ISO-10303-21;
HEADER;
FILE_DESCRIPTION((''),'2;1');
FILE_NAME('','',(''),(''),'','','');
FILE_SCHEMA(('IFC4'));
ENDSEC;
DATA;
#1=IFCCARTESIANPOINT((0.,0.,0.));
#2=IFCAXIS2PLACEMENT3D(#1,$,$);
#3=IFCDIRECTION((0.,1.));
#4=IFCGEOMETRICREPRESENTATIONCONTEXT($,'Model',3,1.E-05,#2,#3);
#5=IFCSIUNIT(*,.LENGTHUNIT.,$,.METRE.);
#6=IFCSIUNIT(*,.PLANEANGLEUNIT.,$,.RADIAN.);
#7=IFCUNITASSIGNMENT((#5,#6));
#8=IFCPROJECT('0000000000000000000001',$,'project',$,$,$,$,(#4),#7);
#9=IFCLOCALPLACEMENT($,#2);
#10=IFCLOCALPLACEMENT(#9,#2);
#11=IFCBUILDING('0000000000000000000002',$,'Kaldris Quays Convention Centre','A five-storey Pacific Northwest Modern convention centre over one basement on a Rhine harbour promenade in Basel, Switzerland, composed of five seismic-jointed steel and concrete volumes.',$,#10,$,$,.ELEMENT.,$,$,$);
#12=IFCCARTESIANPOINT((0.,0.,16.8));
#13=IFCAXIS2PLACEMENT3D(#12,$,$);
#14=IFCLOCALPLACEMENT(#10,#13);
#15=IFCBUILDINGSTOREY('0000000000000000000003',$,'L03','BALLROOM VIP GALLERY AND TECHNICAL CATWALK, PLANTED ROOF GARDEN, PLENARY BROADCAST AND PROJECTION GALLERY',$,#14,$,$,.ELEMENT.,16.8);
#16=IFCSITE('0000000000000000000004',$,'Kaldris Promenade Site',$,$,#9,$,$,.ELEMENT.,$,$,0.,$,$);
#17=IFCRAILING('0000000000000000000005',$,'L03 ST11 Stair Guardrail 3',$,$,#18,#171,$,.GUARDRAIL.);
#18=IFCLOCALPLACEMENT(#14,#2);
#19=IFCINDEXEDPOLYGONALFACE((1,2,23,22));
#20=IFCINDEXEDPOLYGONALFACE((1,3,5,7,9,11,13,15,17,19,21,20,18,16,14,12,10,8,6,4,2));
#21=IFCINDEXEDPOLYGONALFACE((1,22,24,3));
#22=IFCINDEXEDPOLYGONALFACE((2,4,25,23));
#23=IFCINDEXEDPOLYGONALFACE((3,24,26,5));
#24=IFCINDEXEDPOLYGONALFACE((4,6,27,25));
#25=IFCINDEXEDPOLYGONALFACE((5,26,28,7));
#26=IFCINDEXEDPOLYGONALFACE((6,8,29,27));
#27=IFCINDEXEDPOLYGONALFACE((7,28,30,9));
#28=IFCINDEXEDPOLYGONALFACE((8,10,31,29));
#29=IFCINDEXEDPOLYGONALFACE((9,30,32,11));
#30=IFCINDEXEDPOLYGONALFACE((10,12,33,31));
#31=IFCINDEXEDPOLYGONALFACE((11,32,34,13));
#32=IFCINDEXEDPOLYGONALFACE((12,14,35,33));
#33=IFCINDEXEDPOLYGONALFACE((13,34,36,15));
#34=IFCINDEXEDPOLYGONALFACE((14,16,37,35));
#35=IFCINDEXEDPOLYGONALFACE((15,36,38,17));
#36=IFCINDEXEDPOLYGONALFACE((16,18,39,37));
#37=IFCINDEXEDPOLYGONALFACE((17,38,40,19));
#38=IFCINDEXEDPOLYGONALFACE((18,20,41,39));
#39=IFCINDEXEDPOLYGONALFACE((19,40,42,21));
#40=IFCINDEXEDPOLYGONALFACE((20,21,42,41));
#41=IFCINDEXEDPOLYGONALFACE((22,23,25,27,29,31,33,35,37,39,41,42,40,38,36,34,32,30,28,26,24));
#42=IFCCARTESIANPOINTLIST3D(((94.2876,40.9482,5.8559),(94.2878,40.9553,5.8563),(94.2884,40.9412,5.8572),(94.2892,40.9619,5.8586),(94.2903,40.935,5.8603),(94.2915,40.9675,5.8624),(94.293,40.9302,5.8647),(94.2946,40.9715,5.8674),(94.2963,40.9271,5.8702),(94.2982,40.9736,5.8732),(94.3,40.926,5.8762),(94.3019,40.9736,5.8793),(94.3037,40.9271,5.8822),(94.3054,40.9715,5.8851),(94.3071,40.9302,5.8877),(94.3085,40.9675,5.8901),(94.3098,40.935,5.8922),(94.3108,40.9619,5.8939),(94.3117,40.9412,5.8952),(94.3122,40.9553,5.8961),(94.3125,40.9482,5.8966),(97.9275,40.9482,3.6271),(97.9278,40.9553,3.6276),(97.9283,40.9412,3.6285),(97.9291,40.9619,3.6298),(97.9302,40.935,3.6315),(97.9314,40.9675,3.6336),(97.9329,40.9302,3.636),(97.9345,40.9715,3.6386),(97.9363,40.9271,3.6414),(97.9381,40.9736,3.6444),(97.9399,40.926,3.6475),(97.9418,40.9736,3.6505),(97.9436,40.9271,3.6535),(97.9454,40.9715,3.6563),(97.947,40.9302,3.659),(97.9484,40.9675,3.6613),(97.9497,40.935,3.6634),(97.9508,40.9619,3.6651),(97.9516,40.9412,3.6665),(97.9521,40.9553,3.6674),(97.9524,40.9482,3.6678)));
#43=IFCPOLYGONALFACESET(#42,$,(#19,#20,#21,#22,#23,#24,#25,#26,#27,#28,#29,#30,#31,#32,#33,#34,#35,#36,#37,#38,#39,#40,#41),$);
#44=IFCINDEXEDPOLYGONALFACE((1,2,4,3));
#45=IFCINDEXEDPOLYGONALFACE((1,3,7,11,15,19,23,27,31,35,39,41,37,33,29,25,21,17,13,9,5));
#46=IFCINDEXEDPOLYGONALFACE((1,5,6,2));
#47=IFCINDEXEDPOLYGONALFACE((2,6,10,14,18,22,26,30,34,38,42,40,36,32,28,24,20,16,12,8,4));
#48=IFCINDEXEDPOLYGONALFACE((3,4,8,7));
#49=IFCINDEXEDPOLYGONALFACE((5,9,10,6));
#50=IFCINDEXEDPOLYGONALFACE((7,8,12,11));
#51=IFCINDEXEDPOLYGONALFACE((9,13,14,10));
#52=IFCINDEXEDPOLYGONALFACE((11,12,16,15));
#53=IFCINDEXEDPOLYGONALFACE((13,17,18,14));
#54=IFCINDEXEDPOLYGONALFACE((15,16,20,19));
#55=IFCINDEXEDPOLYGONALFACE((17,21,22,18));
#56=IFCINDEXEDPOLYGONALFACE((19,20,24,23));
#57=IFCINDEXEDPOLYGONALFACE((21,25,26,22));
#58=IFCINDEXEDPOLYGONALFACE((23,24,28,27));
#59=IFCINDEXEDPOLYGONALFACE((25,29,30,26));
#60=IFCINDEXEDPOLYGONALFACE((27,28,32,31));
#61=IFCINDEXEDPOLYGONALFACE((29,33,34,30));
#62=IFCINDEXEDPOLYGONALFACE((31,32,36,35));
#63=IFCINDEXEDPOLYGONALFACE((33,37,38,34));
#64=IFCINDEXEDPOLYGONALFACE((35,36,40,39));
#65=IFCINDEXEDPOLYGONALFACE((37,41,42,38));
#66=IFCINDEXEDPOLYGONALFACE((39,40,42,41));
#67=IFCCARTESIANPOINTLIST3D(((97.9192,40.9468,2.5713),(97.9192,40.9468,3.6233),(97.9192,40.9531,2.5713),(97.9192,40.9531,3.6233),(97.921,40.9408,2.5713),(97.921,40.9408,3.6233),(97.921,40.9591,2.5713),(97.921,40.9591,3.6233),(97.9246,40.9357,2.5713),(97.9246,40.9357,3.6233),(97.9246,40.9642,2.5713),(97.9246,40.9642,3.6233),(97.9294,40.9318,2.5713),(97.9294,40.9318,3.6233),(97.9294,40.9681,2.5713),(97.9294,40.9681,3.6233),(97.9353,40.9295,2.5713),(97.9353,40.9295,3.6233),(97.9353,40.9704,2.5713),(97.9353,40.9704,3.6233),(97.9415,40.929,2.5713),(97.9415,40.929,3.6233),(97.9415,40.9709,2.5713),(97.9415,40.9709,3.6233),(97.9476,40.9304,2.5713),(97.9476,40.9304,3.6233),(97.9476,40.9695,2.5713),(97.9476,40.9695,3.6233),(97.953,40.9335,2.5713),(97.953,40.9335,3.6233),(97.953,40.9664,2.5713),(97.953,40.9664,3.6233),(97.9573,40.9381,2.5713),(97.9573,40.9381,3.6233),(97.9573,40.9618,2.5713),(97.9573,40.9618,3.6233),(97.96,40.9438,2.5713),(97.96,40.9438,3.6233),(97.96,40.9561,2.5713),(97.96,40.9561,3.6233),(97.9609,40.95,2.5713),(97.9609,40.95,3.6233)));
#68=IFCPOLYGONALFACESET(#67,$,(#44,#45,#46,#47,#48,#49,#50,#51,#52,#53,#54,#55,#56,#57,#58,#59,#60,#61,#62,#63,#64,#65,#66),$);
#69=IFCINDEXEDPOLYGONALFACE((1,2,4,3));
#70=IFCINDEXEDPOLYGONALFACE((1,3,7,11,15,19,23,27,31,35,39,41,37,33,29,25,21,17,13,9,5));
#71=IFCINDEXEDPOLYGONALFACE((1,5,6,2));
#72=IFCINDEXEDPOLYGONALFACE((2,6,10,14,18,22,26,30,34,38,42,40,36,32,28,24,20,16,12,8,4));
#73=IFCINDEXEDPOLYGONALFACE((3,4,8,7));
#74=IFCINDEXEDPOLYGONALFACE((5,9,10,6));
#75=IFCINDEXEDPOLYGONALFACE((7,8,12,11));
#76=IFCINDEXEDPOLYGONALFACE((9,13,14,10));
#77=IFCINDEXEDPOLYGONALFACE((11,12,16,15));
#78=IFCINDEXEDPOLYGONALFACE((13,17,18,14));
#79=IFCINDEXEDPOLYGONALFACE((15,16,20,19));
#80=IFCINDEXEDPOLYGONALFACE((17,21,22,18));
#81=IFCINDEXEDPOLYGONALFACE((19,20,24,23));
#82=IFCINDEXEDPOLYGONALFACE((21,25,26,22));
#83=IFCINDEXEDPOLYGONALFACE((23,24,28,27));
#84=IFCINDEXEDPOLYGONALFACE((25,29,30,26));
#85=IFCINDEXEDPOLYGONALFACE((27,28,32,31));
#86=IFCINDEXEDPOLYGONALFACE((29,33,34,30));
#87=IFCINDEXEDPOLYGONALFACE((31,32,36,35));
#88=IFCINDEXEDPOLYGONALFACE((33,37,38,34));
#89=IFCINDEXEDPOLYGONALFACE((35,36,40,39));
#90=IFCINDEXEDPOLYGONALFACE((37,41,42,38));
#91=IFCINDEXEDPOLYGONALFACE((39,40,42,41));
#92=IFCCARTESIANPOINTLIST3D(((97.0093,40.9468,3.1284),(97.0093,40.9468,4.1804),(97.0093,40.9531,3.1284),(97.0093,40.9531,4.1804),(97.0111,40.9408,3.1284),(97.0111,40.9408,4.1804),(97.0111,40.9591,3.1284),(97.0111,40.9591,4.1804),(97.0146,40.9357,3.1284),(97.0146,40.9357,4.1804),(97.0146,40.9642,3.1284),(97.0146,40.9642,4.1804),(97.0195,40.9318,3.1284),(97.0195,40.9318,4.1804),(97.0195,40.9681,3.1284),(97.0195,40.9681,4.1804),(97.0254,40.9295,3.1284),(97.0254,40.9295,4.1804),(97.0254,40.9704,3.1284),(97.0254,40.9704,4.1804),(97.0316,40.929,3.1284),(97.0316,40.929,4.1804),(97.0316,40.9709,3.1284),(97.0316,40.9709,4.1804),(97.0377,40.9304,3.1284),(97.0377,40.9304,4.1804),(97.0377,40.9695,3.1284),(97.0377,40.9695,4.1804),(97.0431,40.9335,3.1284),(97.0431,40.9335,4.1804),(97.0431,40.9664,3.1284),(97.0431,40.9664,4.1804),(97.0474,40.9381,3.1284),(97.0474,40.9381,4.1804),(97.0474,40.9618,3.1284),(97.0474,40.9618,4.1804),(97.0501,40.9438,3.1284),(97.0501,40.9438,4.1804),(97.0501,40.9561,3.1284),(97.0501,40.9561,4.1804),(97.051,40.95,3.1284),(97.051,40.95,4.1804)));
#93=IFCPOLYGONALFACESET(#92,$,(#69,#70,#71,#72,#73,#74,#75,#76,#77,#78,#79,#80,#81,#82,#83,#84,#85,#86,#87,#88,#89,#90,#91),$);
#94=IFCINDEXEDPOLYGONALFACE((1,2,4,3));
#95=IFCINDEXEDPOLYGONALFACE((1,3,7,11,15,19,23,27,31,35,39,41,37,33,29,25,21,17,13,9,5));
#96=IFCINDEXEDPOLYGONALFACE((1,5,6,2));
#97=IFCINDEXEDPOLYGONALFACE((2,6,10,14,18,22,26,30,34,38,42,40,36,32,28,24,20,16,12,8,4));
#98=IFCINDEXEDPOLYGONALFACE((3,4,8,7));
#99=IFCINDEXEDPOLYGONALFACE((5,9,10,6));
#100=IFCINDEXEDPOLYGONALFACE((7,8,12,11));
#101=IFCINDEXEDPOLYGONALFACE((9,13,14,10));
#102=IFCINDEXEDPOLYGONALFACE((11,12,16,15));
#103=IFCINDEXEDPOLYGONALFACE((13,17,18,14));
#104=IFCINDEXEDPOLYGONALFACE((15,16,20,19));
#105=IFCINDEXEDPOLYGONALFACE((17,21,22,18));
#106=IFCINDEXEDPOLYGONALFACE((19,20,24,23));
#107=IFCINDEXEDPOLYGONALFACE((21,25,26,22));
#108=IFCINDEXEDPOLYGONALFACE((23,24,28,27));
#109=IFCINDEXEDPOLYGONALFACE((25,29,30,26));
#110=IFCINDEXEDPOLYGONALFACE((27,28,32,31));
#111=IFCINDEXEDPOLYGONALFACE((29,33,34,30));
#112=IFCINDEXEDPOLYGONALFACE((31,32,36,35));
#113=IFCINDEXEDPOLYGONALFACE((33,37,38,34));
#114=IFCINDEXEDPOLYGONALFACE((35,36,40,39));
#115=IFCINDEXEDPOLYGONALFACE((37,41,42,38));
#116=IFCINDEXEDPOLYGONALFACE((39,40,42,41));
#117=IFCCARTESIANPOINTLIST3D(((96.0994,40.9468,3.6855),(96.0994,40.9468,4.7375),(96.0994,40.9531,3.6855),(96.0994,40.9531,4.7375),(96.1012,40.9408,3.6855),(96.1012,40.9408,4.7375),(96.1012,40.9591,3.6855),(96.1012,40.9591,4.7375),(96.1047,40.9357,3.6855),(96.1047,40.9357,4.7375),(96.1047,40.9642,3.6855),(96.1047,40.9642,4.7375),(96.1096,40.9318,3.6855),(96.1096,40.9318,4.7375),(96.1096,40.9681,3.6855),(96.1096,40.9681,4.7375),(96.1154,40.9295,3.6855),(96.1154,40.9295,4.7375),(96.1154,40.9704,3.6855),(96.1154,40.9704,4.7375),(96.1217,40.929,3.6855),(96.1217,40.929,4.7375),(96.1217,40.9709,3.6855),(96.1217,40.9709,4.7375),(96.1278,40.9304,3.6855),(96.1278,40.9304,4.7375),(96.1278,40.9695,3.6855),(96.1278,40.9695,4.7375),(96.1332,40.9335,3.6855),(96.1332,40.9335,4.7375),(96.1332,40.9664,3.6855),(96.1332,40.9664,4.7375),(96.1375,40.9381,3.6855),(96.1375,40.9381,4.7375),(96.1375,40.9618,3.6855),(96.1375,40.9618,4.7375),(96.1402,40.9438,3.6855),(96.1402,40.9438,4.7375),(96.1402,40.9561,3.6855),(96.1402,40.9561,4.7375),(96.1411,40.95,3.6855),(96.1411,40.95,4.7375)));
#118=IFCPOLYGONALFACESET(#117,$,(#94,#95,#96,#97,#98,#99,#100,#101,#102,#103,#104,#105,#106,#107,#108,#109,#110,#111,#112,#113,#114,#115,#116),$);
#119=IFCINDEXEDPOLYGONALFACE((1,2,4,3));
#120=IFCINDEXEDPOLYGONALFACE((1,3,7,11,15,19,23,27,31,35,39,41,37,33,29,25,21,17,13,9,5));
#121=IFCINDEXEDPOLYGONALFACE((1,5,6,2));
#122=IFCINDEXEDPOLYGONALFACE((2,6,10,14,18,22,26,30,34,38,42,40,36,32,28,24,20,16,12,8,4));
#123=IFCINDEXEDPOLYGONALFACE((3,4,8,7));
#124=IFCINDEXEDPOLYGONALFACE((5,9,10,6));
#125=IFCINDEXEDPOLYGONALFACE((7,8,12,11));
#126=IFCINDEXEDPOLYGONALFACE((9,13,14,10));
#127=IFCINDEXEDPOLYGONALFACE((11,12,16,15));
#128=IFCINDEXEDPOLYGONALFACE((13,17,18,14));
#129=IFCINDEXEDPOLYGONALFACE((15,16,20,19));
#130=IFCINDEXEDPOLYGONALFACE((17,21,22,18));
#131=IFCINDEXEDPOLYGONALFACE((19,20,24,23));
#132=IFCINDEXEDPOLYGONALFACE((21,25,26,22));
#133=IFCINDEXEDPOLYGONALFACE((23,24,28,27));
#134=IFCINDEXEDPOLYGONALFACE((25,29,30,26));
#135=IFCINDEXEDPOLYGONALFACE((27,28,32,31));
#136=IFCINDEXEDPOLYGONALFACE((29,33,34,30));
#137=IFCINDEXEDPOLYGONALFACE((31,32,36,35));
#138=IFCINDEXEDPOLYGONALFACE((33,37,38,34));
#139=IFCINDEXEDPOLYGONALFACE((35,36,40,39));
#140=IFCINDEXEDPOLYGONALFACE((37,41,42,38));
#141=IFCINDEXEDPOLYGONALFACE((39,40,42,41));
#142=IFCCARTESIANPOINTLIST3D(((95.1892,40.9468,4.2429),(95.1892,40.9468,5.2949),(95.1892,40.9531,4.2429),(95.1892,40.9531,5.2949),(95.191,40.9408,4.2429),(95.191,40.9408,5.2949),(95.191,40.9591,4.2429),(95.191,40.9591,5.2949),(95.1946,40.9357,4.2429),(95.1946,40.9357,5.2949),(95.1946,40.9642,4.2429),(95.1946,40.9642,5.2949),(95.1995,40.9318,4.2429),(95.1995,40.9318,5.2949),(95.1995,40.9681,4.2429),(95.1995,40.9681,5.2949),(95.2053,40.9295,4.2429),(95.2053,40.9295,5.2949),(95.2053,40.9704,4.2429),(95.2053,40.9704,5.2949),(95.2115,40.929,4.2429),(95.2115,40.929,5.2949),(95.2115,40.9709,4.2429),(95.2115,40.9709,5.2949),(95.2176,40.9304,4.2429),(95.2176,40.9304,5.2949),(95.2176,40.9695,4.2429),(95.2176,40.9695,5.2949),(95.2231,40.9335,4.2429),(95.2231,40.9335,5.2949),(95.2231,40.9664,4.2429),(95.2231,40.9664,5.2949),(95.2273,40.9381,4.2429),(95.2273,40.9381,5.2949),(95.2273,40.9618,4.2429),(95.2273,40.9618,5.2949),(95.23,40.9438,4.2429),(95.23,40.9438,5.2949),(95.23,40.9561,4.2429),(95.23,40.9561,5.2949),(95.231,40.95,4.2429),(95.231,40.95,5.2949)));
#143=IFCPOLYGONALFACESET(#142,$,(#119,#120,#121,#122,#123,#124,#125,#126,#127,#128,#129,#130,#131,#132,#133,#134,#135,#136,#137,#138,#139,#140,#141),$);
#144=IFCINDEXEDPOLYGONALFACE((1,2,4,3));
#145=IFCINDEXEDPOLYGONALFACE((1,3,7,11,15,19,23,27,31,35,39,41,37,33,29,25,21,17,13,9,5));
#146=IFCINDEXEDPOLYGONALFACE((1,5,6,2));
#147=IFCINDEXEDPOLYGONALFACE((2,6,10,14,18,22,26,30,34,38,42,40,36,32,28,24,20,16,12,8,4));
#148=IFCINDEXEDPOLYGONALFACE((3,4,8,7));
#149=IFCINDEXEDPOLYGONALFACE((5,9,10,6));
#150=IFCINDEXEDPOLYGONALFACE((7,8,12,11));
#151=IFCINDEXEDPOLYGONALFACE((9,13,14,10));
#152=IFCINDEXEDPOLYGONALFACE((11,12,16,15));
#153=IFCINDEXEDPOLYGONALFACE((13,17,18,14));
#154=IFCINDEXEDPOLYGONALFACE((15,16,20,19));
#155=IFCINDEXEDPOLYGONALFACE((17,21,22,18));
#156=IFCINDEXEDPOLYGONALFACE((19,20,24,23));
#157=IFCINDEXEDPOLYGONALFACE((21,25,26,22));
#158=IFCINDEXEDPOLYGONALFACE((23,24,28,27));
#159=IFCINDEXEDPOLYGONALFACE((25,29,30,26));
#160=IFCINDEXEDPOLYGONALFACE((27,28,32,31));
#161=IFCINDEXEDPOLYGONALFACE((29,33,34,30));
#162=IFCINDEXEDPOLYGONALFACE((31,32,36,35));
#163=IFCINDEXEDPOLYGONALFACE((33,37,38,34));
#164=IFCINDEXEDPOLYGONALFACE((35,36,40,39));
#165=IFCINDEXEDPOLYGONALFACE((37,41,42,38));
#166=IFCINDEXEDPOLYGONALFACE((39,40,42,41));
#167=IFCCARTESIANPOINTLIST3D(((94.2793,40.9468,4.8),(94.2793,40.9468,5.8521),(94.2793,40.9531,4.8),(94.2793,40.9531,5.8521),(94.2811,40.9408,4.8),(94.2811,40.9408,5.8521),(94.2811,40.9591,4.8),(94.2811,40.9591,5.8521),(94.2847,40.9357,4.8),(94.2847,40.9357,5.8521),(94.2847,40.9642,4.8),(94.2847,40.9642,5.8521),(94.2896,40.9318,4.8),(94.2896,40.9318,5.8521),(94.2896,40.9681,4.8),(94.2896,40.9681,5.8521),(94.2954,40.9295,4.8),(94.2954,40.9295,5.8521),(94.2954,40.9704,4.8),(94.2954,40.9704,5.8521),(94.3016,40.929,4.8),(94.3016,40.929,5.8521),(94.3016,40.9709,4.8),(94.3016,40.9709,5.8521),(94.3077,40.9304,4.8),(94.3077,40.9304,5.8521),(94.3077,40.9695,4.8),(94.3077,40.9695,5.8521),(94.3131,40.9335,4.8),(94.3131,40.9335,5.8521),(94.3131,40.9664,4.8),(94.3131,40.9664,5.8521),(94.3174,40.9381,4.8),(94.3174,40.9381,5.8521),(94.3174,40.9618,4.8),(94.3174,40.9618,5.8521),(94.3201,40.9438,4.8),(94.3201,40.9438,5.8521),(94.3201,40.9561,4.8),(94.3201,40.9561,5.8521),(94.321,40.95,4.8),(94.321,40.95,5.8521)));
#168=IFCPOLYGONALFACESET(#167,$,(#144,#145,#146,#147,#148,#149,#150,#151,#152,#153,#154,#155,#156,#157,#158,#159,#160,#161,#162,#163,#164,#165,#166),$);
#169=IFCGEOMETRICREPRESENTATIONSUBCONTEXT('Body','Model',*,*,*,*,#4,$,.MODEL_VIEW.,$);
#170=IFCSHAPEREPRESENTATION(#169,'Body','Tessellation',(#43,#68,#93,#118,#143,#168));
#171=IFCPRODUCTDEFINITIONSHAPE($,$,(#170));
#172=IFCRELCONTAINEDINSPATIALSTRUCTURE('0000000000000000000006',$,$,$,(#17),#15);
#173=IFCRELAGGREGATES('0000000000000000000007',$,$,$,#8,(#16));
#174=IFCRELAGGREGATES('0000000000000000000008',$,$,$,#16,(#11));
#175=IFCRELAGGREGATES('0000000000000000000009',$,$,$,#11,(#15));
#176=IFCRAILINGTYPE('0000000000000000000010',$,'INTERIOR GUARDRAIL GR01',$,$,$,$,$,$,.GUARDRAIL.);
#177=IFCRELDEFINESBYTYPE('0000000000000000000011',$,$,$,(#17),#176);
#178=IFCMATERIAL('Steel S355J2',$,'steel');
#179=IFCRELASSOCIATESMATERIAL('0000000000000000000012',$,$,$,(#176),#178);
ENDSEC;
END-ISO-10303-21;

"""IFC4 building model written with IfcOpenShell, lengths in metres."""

from ifc_helpers import new_model, si_unit, direction, frame, origin, origin_2d, place, context, subcontext, project, spatial, circle, extrude, material, type_object, element, save


model = new_model("IFC4")

# Units and contexts
model_context = context("Model", 3, precision=1e-05, world=origin(), true_north=direction((0.0, 1.0)))
body_context = subcontext(model_context, "Body", "Model", "MODEL_VIEW")
ifc_project = project(units=[si_unit("LENGTHUNIT", "METRE"), si_unit("PLANEANGLEUNIT", "RADIAN")], contexts=[model_context])

# Site, building, storey
site_placement = place(None, origin())
site = spatial("IfcSite", under=ifc_project, at=site_placement, Name="Kaldris Promenade Site", CompositionType="ELEMENT", RefElevation=0.0)
building_placement = place(site_placement, origin())
building = spatial("IfcBuilding", under=site, at=building_placement, Name="Kaldris Quays Convention Centre", Description="A five-storey Pacific Northwest Modern convention centre over one basement on a Rhine harbour promenade in Basel, Switzerland, composed of five seismic-jointed steel and concrete volumes.", CompositionType="ELEMENT")
storey_placement = place(building_placement, frame((0.0, 0.0, 16.8)))
storey = spatial("IfcBuildingStorey", under=building, at=storey_placement, Name="L03", Description="BALLROOM VIP GALLERY AND TECHNICAL CATWALK, PLANTED ROOF GARDEN, PLENARY BROADCAST AND PROJECTION GALLERY", CompositionType="ELEMENT", Elevation=16.8)

# Shared definitions
ifc_material_1 = material(Name="Steel S355J2", Category="steel")

# Railing
railing_type_1 = type_object("IfcRailingType", Name="INTERIOR GUARDRAIL GR01", PredefinedType="GUARDRAIL", material=ifc_material_1)
railing_1_placement = place(storey_placement, frame((97.9399, 40.95, 2.5713)))
element("IfcRailing", 1, at=railing_1_placement, inside=storey, type_object=railing_type_1, Name="L03 ST11 Stair Guardrail 3", PredefinedType="GUARDRAIL", context=body_context, shape_type="SweptSolid", body=[
    extrude(circle(Radius=0.0239, at=origin_2d()), frame((0.0, 0.0, 1.0762), z_axis=(-0.852825, 0.0, 0.522197), x_axis=(0.0, -1.0, 0.0)), (0.0, 0.0, 1.0), 4.2681),
    extrude(circle(Radius=0.021, at=origin_2d()), origin(), (0.0, 0.0, 1.0), 1.052),
    extrude(circle(Radius=0.021, at=origin_2d()), frame((-0.9099, 0.0, 0.5571)), (0.0, 0.0, 1.0), 1.052),
    extrude(circle(Radius=0.021, at=origin_2d()), frame((-1.8198, 0.0, 1.1143)), (0.0, 0.0, 1.0), 1.052),
    extrude(circle(Radius=0.021, at=origin_2d()), frame((-2.73, 0.0, 1.6716)), (0.0, 0.0, 1.0), 1.052),
    extrude(circle(Radius=0.021, at=origin_2d()), frame((-3.6399, 0.0, 2.2288)), (0.0, 0.0, 1.0), 1.052),
])

save(model, "model.ifc")
